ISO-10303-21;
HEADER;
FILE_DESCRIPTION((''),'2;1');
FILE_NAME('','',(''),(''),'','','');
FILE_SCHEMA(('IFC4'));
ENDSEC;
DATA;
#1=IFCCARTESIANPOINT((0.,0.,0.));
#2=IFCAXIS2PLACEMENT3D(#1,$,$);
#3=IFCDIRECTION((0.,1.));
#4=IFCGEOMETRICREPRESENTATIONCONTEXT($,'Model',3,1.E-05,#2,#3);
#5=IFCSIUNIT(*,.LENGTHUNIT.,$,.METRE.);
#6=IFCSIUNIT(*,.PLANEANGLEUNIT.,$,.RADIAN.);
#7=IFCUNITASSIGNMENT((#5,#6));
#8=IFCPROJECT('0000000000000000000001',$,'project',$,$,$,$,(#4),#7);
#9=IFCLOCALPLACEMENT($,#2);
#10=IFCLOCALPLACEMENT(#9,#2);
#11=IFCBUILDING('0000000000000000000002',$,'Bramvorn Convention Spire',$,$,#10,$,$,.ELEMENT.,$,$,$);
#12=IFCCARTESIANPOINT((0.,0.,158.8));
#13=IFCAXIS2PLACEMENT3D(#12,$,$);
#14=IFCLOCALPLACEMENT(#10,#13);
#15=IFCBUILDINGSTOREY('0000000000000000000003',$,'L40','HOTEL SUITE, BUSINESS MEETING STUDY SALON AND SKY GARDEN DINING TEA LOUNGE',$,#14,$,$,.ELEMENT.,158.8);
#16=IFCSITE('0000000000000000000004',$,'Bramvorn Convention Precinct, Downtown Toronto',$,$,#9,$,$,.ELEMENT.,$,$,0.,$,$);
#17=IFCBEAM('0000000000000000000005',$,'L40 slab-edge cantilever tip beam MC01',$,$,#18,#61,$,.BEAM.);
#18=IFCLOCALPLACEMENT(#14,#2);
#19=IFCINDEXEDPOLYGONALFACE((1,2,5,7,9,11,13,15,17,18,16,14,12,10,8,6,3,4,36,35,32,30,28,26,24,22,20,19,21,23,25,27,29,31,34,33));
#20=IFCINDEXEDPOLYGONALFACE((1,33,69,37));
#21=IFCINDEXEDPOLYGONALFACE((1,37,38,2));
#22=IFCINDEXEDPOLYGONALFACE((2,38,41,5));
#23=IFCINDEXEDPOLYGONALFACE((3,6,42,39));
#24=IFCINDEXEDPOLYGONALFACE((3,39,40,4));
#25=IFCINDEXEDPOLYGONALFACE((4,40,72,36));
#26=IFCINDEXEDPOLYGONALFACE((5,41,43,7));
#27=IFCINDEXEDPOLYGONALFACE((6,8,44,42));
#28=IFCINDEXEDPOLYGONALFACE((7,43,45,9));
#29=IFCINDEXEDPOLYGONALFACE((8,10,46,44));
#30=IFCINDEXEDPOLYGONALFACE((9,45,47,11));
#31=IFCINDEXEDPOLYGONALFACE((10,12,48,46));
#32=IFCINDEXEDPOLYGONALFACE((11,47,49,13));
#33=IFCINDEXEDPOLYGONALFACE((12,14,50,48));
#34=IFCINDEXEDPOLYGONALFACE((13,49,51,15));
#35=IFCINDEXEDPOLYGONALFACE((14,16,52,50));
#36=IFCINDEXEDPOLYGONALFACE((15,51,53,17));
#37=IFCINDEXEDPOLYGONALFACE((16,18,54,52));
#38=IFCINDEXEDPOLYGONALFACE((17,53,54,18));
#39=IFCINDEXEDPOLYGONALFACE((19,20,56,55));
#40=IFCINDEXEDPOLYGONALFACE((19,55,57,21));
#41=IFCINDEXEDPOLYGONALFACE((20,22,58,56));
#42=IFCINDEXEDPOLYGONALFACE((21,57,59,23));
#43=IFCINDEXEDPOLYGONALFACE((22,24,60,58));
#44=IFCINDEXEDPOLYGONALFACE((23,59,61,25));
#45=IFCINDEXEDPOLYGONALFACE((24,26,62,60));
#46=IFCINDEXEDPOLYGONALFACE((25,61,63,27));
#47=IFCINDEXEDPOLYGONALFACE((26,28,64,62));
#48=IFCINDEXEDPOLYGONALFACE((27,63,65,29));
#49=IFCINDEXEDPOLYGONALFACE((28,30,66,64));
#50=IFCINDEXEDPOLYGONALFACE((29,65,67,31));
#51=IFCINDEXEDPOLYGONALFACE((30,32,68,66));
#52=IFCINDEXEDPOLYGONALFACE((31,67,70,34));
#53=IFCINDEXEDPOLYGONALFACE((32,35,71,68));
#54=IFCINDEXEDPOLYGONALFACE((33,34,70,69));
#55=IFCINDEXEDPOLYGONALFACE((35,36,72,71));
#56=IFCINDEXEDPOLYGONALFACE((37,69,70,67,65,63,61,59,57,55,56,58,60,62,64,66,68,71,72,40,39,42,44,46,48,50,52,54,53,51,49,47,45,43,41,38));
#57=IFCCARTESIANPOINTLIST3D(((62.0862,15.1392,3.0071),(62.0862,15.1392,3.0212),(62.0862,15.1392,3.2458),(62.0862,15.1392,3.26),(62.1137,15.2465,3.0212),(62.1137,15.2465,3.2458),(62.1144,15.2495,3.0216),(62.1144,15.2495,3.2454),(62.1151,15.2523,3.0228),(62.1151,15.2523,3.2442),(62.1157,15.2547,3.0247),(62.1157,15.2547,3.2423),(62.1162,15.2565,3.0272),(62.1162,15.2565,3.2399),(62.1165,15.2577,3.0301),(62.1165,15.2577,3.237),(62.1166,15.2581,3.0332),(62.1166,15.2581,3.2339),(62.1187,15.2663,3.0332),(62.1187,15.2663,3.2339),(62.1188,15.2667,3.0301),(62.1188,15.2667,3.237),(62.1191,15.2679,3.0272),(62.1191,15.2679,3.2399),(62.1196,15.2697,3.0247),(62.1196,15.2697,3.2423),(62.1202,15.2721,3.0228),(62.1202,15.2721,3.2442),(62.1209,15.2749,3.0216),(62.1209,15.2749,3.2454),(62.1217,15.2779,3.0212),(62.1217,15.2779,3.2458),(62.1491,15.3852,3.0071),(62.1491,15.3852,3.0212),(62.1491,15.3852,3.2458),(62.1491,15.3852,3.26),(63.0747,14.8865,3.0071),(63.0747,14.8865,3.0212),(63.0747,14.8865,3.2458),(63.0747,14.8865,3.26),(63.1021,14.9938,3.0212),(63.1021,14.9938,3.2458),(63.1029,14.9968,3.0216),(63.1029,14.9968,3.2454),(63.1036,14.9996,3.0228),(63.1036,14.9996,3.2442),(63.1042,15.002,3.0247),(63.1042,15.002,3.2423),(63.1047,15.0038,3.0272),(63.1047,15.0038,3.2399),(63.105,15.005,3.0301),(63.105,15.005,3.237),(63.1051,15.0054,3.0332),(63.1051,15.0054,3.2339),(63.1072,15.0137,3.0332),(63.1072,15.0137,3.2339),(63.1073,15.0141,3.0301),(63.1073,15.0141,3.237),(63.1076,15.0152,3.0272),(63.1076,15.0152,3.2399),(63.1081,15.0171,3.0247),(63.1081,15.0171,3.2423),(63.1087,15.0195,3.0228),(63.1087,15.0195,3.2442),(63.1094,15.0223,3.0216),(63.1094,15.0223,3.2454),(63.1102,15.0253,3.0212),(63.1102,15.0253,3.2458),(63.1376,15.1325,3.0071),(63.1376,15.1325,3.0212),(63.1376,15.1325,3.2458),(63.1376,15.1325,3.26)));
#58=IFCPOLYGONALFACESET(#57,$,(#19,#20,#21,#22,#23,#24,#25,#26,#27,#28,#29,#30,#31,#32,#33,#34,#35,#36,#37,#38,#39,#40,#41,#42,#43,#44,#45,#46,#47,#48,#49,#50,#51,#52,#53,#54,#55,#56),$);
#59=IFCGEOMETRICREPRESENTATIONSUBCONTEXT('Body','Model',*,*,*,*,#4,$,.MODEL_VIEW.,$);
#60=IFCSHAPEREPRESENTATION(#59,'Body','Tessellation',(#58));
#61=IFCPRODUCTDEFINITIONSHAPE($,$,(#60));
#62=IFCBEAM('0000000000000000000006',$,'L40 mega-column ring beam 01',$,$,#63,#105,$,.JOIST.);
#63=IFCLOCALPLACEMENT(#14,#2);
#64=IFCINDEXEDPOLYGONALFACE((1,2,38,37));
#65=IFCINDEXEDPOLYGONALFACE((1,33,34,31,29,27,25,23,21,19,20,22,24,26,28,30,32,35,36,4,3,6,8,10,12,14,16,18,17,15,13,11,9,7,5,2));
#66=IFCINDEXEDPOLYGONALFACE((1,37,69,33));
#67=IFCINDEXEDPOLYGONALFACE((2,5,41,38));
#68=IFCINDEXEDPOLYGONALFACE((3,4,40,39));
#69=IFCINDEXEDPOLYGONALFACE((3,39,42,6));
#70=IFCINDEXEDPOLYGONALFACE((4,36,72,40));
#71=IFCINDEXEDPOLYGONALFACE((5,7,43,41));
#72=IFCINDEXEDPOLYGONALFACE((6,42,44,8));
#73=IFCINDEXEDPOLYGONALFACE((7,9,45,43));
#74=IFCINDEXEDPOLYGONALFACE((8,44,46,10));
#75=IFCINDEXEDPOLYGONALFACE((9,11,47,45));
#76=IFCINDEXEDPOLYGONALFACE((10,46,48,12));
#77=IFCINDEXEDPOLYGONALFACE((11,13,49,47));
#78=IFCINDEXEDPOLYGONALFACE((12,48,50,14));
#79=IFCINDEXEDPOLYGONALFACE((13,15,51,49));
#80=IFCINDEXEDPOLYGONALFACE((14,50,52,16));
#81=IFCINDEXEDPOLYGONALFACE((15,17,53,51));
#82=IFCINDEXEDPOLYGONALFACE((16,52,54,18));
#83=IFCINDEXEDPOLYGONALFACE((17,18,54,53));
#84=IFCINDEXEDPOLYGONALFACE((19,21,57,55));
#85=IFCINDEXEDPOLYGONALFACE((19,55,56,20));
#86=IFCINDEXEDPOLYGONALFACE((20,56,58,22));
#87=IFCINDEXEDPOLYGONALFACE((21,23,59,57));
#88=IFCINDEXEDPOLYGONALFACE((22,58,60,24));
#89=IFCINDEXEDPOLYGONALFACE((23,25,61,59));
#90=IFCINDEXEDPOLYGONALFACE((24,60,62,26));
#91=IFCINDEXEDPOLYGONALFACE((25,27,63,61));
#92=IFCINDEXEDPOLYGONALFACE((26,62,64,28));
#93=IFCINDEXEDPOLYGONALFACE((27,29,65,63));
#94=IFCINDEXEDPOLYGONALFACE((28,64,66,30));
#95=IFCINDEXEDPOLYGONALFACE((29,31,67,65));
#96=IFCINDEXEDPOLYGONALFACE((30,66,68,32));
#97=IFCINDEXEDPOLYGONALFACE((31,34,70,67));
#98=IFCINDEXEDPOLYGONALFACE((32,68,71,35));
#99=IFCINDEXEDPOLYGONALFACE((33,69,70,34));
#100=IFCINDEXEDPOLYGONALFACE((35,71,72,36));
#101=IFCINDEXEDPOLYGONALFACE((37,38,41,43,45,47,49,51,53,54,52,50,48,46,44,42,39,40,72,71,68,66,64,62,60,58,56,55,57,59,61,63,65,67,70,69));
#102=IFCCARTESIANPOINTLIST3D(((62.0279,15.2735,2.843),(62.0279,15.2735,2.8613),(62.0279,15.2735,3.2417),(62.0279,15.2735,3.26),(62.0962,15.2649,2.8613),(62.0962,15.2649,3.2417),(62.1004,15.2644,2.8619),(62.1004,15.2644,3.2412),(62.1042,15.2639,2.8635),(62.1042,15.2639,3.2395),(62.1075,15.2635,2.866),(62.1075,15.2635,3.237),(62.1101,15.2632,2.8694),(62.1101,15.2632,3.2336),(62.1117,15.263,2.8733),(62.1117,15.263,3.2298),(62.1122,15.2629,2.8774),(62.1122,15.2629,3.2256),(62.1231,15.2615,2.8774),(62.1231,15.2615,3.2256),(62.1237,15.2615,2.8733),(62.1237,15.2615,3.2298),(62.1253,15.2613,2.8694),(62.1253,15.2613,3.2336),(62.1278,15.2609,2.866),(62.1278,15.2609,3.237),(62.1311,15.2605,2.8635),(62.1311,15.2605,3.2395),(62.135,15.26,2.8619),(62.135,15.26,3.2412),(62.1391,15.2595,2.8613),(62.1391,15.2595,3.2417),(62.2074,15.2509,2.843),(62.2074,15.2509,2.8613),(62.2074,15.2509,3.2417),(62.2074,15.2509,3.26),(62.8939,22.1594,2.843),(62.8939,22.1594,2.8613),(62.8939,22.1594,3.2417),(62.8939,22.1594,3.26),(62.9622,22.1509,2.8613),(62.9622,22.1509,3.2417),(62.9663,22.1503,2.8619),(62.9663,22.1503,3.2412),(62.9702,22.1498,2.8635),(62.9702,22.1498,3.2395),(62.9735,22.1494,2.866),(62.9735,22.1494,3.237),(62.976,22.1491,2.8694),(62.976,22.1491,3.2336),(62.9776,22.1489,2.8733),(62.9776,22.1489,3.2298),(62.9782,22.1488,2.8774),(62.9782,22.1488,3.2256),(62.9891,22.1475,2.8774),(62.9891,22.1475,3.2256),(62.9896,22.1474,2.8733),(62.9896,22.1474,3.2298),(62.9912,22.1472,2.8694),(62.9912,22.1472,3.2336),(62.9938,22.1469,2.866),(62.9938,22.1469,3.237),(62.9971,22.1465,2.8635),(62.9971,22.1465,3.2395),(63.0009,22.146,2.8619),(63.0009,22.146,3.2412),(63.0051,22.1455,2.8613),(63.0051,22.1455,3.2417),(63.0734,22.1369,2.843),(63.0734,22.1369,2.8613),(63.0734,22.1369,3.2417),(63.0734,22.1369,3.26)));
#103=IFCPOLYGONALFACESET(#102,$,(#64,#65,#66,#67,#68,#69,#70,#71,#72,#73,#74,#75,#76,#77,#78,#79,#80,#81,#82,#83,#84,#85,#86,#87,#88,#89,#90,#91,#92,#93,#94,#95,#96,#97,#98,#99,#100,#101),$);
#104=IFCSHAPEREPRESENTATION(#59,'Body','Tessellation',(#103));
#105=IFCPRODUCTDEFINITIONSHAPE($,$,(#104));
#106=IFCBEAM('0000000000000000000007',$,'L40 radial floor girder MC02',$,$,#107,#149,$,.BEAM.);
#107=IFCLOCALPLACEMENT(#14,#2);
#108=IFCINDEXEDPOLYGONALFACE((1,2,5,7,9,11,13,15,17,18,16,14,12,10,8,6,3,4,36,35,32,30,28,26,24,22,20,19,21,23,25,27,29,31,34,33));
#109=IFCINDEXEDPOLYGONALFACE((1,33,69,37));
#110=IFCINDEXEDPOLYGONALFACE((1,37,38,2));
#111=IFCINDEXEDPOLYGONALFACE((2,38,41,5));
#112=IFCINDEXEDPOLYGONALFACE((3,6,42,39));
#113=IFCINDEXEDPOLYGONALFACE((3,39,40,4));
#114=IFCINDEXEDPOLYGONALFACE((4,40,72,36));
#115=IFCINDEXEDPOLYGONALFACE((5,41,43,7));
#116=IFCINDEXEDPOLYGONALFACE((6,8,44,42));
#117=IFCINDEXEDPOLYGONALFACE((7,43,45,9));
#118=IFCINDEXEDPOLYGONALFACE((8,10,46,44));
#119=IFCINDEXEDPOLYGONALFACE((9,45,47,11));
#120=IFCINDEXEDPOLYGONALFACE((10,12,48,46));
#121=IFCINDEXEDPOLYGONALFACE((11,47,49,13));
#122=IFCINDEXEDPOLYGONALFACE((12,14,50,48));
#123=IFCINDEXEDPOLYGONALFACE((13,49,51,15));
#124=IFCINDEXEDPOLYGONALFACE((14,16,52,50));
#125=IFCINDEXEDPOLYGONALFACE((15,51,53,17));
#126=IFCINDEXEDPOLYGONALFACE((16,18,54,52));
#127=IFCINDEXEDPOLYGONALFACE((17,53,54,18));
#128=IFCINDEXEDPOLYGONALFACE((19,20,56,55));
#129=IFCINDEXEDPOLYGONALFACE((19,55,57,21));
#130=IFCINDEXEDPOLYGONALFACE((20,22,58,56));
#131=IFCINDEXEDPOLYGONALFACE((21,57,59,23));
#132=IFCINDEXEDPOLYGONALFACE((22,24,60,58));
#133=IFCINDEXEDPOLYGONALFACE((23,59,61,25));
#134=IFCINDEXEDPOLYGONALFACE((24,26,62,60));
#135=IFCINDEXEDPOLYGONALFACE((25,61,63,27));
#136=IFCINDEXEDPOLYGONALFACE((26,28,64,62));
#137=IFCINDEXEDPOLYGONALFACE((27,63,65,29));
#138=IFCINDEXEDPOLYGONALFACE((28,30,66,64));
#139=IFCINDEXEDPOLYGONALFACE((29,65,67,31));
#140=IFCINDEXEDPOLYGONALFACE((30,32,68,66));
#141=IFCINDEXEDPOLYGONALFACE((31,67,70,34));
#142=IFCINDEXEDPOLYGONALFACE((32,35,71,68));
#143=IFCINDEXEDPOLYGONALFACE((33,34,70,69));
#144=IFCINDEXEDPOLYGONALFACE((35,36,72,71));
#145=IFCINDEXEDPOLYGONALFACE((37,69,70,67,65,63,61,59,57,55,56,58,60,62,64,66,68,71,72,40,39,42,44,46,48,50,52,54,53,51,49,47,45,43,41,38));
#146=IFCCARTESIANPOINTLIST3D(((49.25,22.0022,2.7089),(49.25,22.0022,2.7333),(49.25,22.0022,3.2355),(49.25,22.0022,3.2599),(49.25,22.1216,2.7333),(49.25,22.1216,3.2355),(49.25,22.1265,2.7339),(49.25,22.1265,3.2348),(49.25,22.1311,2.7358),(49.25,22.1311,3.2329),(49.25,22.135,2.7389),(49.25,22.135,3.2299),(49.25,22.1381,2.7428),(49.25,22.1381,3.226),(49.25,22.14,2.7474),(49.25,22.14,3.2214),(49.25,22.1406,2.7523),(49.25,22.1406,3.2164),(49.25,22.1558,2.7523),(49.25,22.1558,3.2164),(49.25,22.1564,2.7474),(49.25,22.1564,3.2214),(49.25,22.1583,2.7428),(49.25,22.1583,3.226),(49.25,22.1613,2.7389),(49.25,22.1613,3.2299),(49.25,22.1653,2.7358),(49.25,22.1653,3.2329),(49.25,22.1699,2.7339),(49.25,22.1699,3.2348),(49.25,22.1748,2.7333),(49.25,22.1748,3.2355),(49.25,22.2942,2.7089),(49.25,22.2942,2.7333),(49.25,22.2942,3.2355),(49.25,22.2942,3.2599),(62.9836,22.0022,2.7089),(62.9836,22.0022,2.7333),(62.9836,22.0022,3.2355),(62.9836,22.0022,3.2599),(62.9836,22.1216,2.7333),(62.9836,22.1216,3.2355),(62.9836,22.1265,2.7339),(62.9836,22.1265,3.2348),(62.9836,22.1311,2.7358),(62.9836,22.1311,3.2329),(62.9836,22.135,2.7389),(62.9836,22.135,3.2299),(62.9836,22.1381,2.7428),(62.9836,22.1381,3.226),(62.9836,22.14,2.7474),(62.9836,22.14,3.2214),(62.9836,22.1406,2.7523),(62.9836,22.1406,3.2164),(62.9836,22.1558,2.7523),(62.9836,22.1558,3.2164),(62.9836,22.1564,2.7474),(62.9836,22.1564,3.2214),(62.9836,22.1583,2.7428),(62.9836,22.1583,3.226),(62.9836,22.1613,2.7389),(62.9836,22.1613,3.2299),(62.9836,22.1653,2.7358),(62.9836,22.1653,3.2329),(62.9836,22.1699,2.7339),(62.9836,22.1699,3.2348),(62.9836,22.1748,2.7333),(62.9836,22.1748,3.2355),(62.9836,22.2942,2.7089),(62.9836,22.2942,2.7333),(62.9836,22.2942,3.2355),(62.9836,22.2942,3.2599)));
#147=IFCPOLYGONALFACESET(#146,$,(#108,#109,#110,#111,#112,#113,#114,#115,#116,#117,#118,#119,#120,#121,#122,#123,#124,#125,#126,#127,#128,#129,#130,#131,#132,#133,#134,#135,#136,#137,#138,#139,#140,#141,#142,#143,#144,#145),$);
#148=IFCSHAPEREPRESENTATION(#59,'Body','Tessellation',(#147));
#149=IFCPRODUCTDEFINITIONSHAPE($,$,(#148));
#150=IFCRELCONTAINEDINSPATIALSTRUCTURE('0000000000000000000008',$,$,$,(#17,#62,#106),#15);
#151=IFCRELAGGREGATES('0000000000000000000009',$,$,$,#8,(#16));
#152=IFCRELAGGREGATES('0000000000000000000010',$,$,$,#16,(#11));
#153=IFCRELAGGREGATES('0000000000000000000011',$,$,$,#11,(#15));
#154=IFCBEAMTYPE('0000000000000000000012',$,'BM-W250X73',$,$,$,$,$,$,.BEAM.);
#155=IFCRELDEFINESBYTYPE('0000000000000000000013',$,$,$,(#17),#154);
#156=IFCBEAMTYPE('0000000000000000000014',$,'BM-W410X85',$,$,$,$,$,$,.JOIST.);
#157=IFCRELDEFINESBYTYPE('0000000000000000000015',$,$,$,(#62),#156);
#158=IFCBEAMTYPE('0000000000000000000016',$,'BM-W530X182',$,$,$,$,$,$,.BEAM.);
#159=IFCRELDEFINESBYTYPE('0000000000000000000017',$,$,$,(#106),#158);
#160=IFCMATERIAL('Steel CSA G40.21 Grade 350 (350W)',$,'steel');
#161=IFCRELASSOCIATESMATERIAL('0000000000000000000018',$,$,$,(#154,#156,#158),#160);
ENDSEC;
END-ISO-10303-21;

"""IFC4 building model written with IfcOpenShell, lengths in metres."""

from ifc_helpers import new_model, si_unit, direction, frame, origin, origin_2d, place, context, subcontext, project, spatial, i_section, extrude, material, material_profile, profile_set, type_object, element, save


model = new_model("IFC4")

# Units and contexts
model_context = context("Model", 3, precision=1e-05, world=origin(), true_north=direction((0.0, 1.0)))
body_context = subcontext(model_context, "Body", "Model", "MODEL_VIEW")
ifc_project = project(units=[si_unit("LENGTHUNIT", "METRE"), si_unit("PLANEANGLEUNIT", "RADIAN")], contexts=[model_context])

# Site, building, storey
site_placement = place(None, origin())
site = spatial("IfcSite", under=ifc_project, at=site_placement, Name="Bramvorn Convention Precinct, Downtown Toronto", CompositionType="ELEMENT", RefElevation=0.0)
building_placement = place(site_placement, origin())
building = spatial("IfcBuilding", under=site, at=building_placement, Name="Bramvorn Convention Spire", CompositionType="ELEMENT")
storey_placement = place(building_placement, frame((0.0, 0.0, 158.8)))
storey = spatial("IfcBuildingStorey", under=building, at=storey_placement, Name="L40", Description="HOTEL SUITE, BUSINESS MEETING STUDY SALON AND SKY GARDEN DINING TEA LOUNGE", CompositionType="ELEMENT", Elevation=158.8)

# Shared definitions
ifc_material_1 = material(Name="Steel CSA G40.21 Grade 350 (350W)", Category="steel")

# Beams
ifc_material_profile_1 = material_profile(ifc_material_1, i_section(OverallWidth=0.2539, OverallDepth=0.2529, WebThickness=0.0085, FlangeThickness=0.0142, FilletRadius=0.012, at=origin_2d()))
ifc_profile_set_1 = profile_set([ifc_material_profile_1], Name="Steel CSA G40.21 Grade 350 (350W) - W250X73")
beam_type_1 = type_object("IfcBeamType", Name="BM-W250X73", PredefinedType="BEAM", material=ifc_profile_set_1)
beam_1_placement = place(storey_placement, frame((62.1177, 15.2622, 3.1335), z_axis=(0.968848, -0.247656, 0.0), x_axis=(0.247656, 0.968848, 0.0)))
element("IfcBeam", 1, at=beam_1_placement, inside=storey, type_object=beam_type_1, Name="L40 slab-edge cantilever tip beam MC01", PredefinedType="BEAM", context=body_context, shape_type="SweptSolid", body=[
    extrude(i_section(OverallWidth=0.2539, OverallDepth=0.2529, WebThickness=0.0085, FlangeThickness=0.0142, FilletRadius=0.012, at=origin_2d()), origin(), (0.0, 0.0, 1.0), 1.0203),
])
ifc_material_profile_2 = material_profile(ifc_material_1, i_section(OverallWidth=0.1809, OverallDepth=0.417, WebThickness=0.011, FlangeThickness=0.0183, FilletRadius=0.0161, at=origin_2d()))
ifc_profile_set_2 = profile_set([ifc_material_profile_2], Name="Steel CSA G40.21 Grade 350 (350W) - W410X85")
beam_type_2 = type_object("IfcBeamType", Name="BM-W410X85", PredefinedType="JOIST", material=ifc_profile_set_2)
beam_2_placement = place(storey_placement, frame((62.1177, 15.2622, 3.0515), z_axis=(0.124775, 0.992185, 0.0), x_axis=(-0.992185, 0.124775, 0.0)))
element("IfcBeam", 2, at=beam_2_placement, inside=storey, type_object=beam_type_2, Name="L40 mega-column ring beam 01", PredefinedType="JOIST", context=body_context, shape_type="SweptSolid", body=[
    extrude(i_section(OverallWidth=0.1809, OverallDepth=0.417, WebThickness=0.011, FlangeThickness=0.0183, FilletRadius=0.0161, at=origin_2d()), origin(), (0.0, 0.0, 1.0), 6.9402),
])
ifc_material_profile_3 = material_profile(ifc_material_1, i_section(OverallWidth=0.292, OverallDepth=0.551, WebThickness=0.0151, FlangeThickness=0.0244, FilletRadius=0.019, at=origin_2d()))
ifc_profile_set_3 = profile_set([ifc_material_profile_3], Name="Steel CSA G40.21 Grade 350 (350W) - W530X182")
beam_type_3 = type_object("IfcBeamType", Name="BM-W530X182", PredefinedType="BEAM", material=ifc_profile_set_3)
beam_3_placement = place(storey_placement, frame((49.25, 22.1482, 2.9844), z_axis=(1.0, 0.0, 0.0), x_axis=(0.0, 1.0, 0.0)))
element("IfcBeam", 3, at=beam_3_placement, inside=storey, type_object=beam_type_3, Name="L40 radial floor girder MC02", PredefinedType="BEAM", context=body_context, shape_type="SweptSolid", body=[
    extrude(i_section(OverallWidth=0.292, OverallDepth=0.551, WebThickness=0.0151, FlangeThickness=0.0244, FilletRadius=0.019, at=origin_2d()), origin(), (0.0, 0.0, 1.0), 13.7336),
])

save(model, "model.ifc")
